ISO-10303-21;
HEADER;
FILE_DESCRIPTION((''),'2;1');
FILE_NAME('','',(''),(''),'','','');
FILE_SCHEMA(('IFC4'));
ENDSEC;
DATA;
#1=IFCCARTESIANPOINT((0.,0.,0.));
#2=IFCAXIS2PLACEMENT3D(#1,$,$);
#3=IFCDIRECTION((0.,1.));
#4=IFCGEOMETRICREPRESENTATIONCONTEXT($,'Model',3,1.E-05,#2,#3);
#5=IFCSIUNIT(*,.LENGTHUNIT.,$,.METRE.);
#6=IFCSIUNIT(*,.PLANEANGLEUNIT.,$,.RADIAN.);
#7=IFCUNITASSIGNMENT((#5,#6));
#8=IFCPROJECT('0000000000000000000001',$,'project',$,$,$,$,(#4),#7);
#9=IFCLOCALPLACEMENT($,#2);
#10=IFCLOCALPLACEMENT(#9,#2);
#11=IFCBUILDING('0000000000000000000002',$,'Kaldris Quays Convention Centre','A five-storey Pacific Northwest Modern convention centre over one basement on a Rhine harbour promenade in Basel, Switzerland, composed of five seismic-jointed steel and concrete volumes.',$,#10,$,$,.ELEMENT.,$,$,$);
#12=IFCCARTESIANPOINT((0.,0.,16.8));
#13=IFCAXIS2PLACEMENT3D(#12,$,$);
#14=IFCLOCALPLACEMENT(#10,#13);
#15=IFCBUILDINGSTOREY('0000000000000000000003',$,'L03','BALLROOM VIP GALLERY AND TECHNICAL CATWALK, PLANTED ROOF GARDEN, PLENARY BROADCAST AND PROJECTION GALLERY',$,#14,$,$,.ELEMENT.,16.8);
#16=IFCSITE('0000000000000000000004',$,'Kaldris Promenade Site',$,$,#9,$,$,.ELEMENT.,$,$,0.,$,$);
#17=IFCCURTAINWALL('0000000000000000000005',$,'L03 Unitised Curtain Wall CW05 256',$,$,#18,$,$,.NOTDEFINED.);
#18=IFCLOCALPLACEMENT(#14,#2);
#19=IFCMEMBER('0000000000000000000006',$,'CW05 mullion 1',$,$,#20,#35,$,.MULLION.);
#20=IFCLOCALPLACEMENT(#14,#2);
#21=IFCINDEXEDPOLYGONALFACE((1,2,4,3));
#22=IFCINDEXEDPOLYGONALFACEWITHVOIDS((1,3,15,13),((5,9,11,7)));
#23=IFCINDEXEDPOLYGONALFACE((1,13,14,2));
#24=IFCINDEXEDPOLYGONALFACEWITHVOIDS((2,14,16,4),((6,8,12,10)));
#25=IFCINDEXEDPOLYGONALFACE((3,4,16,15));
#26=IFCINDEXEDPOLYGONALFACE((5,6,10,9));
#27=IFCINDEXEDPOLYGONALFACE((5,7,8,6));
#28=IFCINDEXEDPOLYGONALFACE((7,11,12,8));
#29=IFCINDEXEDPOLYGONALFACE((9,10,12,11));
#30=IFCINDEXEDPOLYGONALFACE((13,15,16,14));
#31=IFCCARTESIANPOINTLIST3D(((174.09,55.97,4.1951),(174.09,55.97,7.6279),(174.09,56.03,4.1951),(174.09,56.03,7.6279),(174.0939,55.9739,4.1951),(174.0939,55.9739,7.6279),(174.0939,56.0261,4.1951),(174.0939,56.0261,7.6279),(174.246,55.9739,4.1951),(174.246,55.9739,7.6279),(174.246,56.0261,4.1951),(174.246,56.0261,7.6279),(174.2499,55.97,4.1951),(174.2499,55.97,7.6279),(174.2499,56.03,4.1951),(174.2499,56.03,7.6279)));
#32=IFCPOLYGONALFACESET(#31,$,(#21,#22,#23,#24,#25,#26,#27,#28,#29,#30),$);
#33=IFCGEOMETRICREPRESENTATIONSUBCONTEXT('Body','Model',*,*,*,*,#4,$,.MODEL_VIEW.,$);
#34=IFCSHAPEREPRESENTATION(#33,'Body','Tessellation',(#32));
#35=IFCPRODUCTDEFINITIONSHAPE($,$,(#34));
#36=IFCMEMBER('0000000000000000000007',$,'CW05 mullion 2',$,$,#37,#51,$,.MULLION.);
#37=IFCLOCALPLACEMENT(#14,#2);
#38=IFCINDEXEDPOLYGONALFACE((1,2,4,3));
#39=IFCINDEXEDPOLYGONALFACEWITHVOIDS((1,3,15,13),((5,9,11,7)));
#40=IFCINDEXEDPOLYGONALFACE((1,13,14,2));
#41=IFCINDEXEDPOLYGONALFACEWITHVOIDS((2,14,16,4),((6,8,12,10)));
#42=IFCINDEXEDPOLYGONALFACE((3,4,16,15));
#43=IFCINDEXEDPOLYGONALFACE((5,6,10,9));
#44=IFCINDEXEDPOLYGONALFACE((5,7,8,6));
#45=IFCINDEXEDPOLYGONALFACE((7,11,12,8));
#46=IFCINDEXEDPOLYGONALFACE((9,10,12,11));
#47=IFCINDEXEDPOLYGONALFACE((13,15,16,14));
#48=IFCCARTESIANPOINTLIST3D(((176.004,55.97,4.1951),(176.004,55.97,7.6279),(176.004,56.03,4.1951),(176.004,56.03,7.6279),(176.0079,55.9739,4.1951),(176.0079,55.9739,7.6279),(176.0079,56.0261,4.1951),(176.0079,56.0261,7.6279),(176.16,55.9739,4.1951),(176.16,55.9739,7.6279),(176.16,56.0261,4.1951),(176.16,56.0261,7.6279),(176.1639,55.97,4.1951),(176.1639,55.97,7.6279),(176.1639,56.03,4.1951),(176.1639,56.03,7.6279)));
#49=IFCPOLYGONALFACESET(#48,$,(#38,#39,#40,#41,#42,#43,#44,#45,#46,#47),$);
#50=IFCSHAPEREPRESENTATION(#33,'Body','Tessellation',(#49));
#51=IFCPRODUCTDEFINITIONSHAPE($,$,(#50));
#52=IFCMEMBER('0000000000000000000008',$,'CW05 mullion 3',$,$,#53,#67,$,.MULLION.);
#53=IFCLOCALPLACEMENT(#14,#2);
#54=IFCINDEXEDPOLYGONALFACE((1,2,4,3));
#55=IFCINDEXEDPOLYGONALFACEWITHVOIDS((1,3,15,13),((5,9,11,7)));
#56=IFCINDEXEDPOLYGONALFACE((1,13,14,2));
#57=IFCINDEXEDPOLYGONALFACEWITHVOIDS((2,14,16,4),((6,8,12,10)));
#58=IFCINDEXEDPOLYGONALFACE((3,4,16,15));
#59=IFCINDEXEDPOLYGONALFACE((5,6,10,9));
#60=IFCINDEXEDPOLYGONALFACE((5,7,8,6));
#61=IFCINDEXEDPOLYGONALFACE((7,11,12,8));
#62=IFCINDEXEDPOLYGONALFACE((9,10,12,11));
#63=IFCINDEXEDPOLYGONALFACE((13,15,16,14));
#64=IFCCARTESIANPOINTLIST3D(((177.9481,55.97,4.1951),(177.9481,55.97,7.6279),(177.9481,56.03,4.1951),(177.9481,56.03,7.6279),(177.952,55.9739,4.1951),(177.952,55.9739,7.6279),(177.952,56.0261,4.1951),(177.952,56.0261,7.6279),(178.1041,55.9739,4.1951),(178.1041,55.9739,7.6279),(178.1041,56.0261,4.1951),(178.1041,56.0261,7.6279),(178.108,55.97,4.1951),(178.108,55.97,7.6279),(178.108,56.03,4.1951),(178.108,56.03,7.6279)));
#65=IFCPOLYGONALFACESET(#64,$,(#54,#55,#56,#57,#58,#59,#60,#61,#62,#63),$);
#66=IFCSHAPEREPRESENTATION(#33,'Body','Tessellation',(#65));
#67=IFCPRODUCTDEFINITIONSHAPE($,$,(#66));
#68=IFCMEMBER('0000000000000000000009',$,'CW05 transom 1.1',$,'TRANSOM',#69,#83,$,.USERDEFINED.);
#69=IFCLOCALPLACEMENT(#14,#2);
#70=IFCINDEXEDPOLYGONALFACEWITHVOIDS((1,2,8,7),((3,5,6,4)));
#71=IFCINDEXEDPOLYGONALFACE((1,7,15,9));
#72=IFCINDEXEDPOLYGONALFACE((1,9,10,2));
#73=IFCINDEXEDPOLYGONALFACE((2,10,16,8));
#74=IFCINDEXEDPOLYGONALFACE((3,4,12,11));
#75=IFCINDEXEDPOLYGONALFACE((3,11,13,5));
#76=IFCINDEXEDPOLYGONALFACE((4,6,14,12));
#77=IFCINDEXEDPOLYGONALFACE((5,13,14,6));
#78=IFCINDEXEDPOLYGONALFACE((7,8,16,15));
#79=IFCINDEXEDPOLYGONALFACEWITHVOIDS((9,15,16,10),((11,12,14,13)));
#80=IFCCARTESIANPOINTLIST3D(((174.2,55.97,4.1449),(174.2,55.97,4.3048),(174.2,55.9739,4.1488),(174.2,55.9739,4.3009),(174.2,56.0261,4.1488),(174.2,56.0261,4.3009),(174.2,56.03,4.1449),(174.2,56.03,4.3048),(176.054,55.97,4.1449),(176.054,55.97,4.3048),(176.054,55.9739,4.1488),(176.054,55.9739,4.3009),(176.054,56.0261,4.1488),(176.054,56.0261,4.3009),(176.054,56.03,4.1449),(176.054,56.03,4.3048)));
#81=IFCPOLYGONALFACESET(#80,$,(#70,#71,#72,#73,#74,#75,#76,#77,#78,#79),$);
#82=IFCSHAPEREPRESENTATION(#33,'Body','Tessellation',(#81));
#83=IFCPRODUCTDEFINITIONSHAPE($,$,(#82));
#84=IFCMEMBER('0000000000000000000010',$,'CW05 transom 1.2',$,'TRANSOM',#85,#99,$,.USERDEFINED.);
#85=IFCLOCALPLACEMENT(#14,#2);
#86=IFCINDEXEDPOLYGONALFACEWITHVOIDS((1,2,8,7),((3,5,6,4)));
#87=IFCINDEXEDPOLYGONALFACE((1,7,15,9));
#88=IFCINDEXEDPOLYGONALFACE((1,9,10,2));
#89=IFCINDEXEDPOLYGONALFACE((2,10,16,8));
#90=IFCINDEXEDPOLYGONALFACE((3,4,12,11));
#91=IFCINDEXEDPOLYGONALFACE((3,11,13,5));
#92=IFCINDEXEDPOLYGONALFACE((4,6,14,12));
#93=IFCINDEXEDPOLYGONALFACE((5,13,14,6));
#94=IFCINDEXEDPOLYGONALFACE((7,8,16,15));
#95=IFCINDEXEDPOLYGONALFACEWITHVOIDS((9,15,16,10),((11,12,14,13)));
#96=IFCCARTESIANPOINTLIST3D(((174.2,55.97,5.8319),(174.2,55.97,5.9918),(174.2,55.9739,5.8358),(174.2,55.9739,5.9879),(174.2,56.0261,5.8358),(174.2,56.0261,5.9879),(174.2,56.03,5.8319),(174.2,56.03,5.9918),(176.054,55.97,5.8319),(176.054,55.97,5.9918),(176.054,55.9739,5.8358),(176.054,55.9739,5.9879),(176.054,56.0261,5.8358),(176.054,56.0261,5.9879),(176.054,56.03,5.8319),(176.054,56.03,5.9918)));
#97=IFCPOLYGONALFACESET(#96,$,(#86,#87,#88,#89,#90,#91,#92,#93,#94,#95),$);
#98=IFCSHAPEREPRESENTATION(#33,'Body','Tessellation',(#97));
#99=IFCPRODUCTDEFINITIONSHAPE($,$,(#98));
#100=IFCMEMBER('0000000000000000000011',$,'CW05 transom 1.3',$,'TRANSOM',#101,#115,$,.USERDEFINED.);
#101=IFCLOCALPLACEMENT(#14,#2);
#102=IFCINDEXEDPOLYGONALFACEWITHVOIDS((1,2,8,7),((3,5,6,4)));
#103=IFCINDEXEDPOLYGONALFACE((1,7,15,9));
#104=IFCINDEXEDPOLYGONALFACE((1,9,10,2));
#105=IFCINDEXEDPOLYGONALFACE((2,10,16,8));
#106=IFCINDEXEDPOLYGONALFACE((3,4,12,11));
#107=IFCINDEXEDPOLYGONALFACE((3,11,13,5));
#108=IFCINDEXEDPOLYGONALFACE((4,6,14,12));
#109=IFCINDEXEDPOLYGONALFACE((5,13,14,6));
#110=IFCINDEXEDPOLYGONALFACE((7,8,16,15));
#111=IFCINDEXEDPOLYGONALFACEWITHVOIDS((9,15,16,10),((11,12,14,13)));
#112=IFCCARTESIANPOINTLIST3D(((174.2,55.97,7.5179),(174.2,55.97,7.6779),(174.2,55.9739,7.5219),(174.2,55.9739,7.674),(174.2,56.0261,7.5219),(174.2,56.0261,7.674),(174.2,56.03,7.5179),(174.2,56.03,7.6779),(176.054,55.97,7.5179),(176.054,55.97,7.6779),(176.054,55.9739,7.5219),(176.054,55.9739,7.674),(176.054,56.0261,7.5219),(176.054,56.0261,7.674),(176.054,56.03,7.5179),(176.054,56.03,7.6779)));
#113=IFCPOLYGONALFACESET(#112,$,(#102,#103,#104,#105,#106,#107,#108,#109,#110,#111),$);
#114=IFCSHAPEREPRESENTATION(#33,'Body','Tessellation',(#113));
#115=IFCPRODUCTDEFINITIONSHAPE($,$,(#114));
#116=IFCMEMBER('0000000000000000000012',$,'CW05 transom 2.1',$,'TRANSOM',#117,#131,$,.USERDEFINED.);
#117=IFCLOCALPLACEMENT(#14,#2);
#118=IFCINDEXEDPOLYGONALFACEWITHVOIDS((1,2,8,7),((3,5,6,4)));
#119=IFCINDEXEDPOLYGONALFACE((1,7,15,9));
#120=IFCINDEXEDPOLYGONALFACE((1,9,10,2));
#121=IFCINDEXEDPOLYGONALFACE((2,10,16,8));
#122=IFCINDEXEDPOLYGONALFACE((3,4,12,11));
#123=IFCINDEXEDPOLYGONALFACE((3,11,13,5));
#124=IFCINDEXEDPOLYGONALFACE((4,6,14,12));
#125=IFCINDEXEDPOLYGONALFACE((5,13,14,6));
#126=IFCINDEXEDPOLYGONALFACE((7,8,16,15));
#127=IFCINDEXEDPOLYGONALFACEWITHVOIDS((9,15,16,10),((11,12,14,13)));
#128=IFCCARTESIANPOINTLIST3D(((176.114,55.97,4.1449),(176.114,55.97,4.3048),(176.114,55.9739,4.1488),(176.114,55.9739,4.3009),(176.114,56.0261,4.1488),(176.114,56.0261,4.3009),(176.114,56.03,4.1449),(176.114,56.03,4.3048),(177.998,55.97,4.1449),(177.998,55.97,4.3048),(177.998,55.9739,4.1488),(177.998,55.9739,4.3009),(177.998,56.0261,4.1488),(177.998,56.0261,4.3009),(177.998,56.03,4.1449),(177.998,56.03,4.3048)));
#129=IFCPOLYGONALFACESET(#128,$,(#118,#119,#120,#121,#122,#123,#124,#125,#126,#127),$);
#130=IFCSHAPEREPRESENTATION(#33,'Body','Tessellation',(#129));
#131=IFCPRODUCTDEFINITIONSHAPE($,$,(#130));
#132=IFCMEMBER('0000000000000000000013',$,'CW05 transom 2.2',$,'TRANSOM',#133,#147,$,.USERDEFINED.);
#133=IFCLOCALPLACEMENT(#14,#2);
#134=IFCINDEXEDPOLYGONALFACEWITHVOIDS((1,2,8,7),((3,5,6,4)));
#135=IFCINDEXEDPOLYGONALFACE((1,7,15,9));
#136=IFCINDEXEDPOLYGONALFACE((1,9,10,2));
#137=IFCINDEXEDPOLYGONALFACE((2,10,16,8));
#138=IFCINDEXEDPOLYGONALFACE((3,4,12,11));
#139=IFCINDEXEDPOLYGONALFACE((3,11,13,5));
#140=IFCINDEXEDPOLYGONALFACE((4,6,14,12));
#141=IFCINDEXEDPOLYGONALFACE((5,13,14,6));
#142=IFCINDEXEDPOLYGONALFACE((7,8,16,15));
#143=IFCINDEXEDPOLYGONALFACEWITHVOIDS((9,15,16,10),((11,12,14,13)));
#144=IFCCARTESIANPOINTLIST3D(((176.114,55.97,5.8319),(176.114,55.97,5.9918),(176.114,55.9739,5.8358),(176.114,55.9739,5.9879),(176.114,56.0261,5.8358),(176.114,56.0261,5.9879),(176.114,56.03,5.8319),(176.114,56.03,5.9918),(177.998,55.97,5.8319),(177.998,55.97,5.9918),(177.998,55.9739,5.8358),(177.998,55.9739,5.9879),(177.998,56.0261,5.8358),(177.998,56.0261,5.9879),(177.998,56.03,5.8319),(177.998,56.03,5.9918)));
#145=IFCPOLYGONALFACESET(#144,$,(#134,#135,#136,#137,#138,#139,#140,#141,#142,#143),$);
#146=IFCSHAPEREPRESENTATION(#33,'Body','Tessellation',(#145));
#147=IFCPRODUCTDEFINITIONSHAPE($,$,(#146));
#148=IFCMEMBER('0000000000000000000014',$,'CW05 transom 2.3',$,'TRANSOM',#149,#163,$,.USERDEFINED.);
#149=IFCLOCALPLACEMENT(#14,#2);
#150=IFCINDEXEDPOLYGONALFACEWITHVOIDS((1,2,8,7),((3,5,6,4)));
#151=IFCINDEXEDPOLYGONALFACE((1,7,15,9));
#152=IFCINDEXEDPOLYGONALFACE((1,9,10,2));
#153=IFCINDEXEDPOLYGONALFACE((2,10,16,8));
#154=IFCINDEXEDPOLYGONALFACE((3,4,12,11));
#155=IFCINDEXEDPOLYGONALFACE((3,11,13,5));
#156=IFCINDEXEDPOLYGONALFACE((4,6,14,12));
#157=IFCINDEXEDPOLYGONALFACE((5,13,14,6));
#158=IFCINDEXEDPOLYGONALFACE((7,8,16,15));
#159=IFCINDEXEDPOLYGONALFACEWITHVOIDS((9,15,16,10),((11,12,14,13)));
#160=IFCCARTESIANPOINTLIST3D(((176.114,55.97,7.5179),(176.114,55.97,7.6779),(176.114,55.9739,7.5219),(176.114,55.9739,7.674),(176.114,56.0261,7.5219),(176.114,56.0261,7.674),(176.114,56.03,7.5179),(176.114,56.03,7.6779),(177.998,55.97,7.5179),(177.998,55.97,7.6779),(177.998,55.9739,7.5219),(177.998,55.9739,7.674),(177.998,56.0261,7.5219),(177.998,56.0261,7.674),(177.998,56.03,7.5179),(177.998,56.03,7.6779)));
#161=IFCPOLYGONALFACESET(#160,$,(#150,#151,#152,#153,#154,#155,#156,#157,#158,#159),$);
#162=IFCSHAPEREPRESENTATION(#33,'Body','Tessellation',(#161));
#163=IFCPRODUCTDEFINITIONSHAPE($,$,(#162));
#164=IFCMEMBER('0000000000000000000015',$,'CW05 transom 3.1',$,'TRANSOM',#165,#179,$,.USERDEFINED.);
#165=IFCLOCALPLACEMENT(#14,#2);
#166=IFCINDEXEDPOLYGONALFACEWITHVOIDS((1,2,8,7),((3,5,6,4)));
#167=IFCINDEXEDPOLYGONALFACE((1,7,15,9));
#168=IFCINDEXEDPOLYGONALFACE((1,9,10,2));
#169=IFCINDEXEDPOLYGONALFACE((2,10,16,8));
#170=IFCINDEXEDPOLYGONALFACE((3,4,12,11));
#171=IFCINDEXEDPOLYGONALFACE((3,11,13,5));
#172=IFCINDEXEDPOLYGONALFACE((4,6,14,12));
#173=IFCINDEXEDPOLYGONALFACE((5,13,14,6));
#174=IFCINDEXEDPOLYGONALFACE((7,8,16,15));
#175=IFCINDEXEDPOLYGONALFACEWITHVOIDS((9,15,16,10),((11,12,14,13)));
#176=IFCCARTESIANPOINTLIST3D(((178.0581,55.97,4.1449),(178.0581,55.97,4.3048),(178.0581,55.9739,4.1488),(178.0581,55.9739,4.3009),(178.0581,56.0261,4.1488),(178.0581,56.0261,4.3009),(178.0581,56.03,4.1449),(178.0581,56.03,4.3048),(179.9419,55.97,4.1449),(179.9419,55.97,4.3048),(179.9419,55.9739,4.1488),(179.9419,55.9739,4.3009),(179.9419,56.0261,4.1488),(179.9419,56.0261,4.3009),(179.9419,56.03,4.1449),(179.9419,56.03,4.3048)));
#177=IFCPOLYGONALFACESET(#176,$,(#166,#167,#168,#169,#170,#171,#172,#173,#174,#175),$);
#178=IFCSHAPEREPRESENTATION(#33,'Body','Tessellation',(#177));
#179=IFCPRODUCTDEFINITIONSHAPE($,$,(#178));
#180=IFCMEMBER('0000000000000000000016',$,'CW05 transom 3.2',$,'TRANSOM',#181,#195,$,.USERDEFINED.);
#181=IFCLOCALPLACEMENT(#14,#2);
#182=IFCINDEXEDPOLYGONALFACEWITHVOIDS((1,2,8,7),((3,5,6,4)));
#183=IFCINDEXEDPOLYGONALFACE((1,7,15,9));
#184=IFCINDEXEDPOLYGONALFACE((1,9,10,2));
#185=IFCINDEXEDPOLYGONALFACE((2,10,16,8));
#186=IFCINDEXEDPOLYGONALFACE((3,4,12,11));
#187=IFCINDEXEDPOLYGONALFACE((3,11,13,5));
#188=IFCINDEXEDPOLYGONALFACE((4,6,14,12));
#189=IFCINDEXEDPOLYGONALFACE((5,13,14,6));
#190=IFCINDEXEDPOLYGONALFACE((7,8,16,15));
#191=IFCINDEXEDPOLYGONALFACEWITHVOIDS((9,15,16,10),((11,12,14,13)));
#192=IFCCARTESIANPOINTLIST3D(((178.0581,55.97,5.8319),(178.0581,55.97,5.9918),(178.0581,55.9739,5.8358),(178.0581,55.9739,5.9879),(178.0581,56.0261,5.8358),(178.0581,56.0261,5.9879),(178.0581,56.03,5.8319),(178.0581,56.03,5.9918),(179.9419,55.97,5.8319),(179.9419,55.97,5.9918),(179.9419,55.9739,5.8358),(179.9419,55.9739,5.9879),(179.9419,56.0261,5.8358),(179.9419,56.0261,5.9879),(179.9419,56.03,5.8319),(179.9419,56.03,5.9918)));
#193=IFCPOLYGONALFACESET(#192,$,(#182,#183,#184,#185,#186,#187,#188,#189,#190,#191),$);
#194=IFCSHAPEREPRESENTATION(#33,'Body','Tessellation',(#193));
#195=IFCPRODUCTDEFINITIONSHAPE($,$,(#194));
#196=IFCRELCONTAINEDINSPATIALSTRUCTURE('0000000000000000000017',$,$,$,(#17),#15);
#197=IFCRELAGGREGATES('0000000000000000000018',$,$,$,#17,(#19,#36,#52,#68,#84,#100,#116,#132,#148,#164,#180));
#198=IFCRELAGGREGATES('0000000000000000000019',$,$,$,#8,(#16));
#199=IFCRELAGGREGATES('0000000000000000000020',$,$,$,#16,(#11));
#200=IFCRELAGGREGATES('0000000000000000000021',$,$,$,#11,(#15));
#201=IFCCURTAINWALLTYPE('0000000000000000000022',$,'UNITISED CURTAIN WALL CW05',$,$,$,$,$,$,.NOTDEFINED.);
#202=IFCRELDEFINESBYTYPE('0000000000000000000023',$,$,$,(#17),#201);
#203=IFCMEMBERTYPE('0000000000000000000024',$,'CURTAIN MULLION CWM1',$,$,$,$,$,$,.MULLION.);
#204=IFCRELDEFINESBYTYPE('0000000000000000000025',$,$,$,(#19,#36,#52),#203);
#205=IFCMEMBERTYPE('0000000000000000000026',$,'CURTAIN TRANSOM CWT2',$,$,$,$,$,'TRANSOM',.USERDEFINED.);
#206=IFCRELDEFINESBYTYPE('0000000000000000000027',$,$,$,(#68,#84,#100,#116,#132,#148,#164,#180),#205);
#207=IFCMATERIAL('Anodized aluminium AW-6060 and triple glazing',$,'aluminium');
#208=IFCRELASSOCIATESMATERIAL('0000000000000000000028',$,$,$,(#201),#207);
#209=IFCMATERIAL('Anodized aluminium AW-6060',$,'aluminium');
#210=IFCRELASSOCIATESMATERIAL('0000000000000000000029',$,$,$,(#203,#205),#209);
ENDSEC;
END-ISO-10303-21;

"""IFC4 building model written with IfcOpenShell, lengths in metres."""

from ifc_helpers import new_model, si_unit, direction, frame, origin, origin_2d, place, context, subcontext, project, spatial, hollow_rectangle, extrude, material, material_profile, profile_set, type_object, element, aggregate, save


model = new_model("IFC4")

# Units and contexts
model_context = context("Model", 3, precision=1e-05, world=origin(), true_north=direction((0.0, 1.0)))
body_context = subcontext(model_context, "Body", "Model", "MODEL_VIEW")
ifc_project = project(units=[si_unit("LENGTHUNIT", "METRE"), si_unit("PLANEANGLEUNIT", "RADIAN")], contexts=[model_context])

# Site, building, storey
site_placement = place(None, origin())
site = spatial("IfcSite", under=ifc_project, at=site_placement, Name="Kaldris Promenade Site", CompositionType="ELEMENT", RefElevation=0.0)
building_placement = place(site_placement, origin())
building = spatial("IfcBuilding", under=site, at=building_placement, Name="Kaldris Quays Convention Centre", Description="A five-storey Pacific Northwest Modern convention centre over one basement on a Rhine harbour promenade in Basel, Switzerland, composed of five seismic-jointed steel and concrete volumes.", CompositionType="ELEMENT")
storey_placement = place(building_placement, frame((0.0, 0.0, 16.8)))
storey = spatial("IfcBuildingStorey", under=building, at=storey_placement, Name="L03", Description="BALLROOM VIP GALLERY AND TECHNICAL CATWALK, PLANTED ROOF GARDEN, PLENARY BROADCAST AND PROJECTION GALLERY", CompositionType="ELEMENT", Elevation=16.8)

# Curtain wall, members
ifc_material_1 = material(Name="Anodized aluminium AW-6060 and triple glazing", Category="aluminium")
curtain_wall_type = type_object("IfcCurtainWallType", Name="UNITISED CURTAIN WALL CW05", PredefinedType="NOTDEFINED", material=ifc_material_1)
curtain_wall_placement = place(storey_placement, origin())
curtain_wall = element("IfcCurtainWall", 1, at=curtain_wall_placement, inside=storey, type_object=curtain_wall_type, Name="L03 Unitised Curtain Wall CW05 256", PredefinedType="NOTDEFINED")
ifc_material_2 = material(Name="Anodized aluminium AW-6060", Category="aluminium")
ifc_material_profile_1 = material_profile(ifc_material_2, hollow_rectangle(XDim=0.0601, YDim=0.1599, WallThickness=0.0039, at=origin_2d()), Name="RHS 160x60x4")
ifc_profile_set_1 = profile_set([ifc_material_profile_1], Name="Anodized aluminium AW-6060")
member_type_1 = type_object("IfcMemberType", Name="CURTAIN MULLION CWM1", PredefinedType="MULLION", material=ifc_profile_set_1)
member_1_placement = place(storey_placement, frame((174.1699, 56.0, 4.1951), z_axis=(0.0, 0.0, 1.0), x_axis=(0.0, 1.0, 0.0)))
member_1 = element("IfcMember", 2, at=member_1_placement, type_object=member_type_1, Name="CW05 mullion 1", PredefinedType="MULLION", context=body_context, shape_type="SweptSolid", body=[
    extrude(hollow_rectangle(XDim=0.0601, YDim=0.1599, WallThickness=0.0039, at=origin_2d()), origin(), (0.0, 0.0, 1.0), 3.4329),
])
member_2_placement = place(storey_placement, frame((176.084, 56.0, 4.1951), z_axis=(0.0, 0.0, 1.0), x_axis=(0.0, 1.0, 0.0)))
member_2 = element("IfcMember", 3, at=member_2_placement, type_object=member_type_1, Name="CW05 mullion 2", PredefinedType="MULLION", context=body_context, shape_type="SweptSolid", body=[
    extrude(hollow_rectangle(XDim=0.0601, YDim=0.1599, WallThickness=0.0039, at=origin_2d()), origin(), (0.0, 0.0, 1.0), 3.4329),
])
member_3_placement = place(storey_placement, frame((178.0281, 56.0, 4.1951), z_axis=(0.0, 0.0, 1.0), x_axis=(0.0, 1.0, 0.0)))
member_3 = element("IfcMember", 4, at=member_3_placement, type_object=member_type_1, Name="CW05 mullion 3", PredefinedType="MULLION", context=body_context, shape_type="SweptSolid", body=[
    extrude(hollow_rectangle(XDim=0.0601, YDim=0.1599, WallThickness=0.0039, at=origin_2d()), origin(), (0.0, 0.0, 1.0), 3.4329),
])
ifc_material_profile_2 = material_profile(ifc_material_2, hollow_rectangle(XDim=0.0601, YDim=0.1599, WallThickness=0.0039, at=origin_2d()), Name="RHS 160x60x4")
ifc_profile_set_2 = profile_set([ifc_material_profile_2], Name="Anodized aluminium AW-6060")
member_type_2 = type_object("IfcMemberType", Name="CURTAIN TRANSOM CWT2", ElementType="TRANSOM", PredefinedType="USERDEFINED", material=ifc_profile_set_2)
member_4_placement = place(storey_placement, frame((174.2, 56.0, 4.2249), z_axis=(1.0, 0.0, 0.0), x_axis=(0.0, 1.0, 0.0)))
member_4 = element("IfcMember", 5, at=member_4_placement, type_object=member_type_2, Name="CW05 transom 1.1", ObjectType="TRANSOM", PredefinedType="USERDEFINED", context=body_context, shape_type="SweptSolid", body=[
    extrude(hollow_rectangle(XDim=0.0601, YDim=0.1599, WallThickness=0.0039, at=origin_2d()), origin(), (0.0, 0.0, 1.0), 1.854),
])
member_5_placement = place(storey_placement, frame((174.2, 56.0, 5.9119), z_axis=(1.0, 0.0, 0.0), x_axis=(0.0, 1.0, 0.0)))
member_5 = element("IfcMember", 6, at=member_5_placement, type_object=member_type_2, Name="CW05 transom 1.2", ObjectType="TRANSOM", PredefinedType="USERDEFINED", context=body_context, shape_type="SweptSolid", body=[
    extrude(hollow_rectangle(XDim=0.0601, YDim=0.1599, WallThickness=0.0039, at=origin_2d()), origin(), (0.0, 0.0, 1.0), 1.854),
])
member_6_placement = place(storey_placement, frame((174.2, 56.0, 7.5979), z_axis=(1.0, 0.0, 0.0), x_axis=(0.0, 1.0, 0.0)))
member_6 = element("IfcMember", 7, at=member_6_placement, type_object=member_type_2, Name="CW05 transom 1.3", ObjectType="TRANSOM", PredefinedType="USERDEFINED", context=body_context, shape_type="SweptSolid", body=[
    extrude(hollow_rectangle(XDim=0.0601, YDim=0.1599, WallThickness=0.0039, at=origin_2d()), origin(), (0.0, 0.0, 1.0), 1.854),
])
member_7_placement = place(storey_placement, frame((176.114, 56.0, 4.2249), z_axis=(1.0, 0.0, 0.0), x_axis=(0.0, 1.0, 0.0)))
member_7 = element("IfcMember", 8, at=member_7_placement, type_object=member_type_2, Name="CW05 transom 2.1", ObjectType="TRANSOM", PredefinedType="USERDEFINED", context=body_context, shape_type="SweptSolid", body=[
    extrude(hollow_rectangle(XDim=0.0601, YDim=0.1599, WallThickness=0.0039, at=origin_2d()), origin(), (0.0, 0.0, 1.0), 1.884),
])
member_8_placement = place(storey_placement, frame((176.114, 56.0, 5.9119), z_axis=(1.0, 0.0, 0.0), x_axis=(0.0, 1.0, 0.0)))
member_8 = element("IfcMember", 9, at=member_8_placement, type_object=member_type_2, Name="CW05 transom 2.2", ObjectType="TRANSOM", PredefinedType="USERDEFINED", context=body_context, shape_type="SweptSolid", body=[
    extrude(hollow_rectangle(XDim=0.0601, YDim=0.1599, WallThickness=0.0039, at=origin_2d()), origin(), (0.0, 0.0, 1.0), 1.884),
])
member_9_placement = place(storey_placement, frame((176.114, 56.0, 7.5979), z_axis=(1.0, 0.0, 0.0), x_axis=(0.0, 1.0, 0.0)))
member_9 = element("IfcMember", 10, at=member_9_placement, type_object=member_type_2, Name="CW05 transom 2.3", ObjectType="TRANSOM", PredefinedType="USERDEFINED", context=body_context, shape_type="SweptSolid", body=[
    extrude(hollow_rectangle(XDim=0.0601, YDim=0.1599, WallThickness=0.0039, at=origin_2d()), origin(), (0.0, 0.0, 1.0), 1.884),
])
member_10_placement = place(storey_placement, frame((178.0581, 56.0, 4.2249), z_axis=(1.0, 0.0, 0.0), x_axis=(0.0, 1.0, 0.0)))
member_10 = element("IfcMember", 11, at=member_10_placement, type_object=member_type_2, Name="CW05 transom 3.1", ObjectType="TRANSOM", PredefinedType="USERDEFINED", context=body_context, shape_type="SweptSolid", body=[
    extrude(hollow_rectangle(XDim=0.0601, YDim=0.1599, WallThickness=0.0039, at=origin_2d()), origin(), (0.0, 0.0, 1.0), 1.8838),
])
member_11_placement = place(storey_placement, frame((178.0581, 56.0, 5.9119), z_axis=(1.0, 0.0, 0.0), x_axis=(0.0, 1.0, 0.0)))
member_11 = element("IfcMember", 12, at=member_11_placement, type_object=member_type_2, Name="CW05 transom 3.2", ObjectType="TRANSOM", PredefinedType="USERDEFINED", context=body_context, shape_type="SweptSolid", body=[
    extrude(hollow_rectangle(XDim=0.0601, YDim=0.1599, WallThickness=0.0039, at=origin_2d()), origin(), (0.0, 0.0, 1.0), 1.8838),
])

aggregate(curtain_wall, [member_1, member_2, member_3, member_4, member_5, member_6, member_7, member_8, member_9, member_10, member_11])

save(model, "model.ifc")
